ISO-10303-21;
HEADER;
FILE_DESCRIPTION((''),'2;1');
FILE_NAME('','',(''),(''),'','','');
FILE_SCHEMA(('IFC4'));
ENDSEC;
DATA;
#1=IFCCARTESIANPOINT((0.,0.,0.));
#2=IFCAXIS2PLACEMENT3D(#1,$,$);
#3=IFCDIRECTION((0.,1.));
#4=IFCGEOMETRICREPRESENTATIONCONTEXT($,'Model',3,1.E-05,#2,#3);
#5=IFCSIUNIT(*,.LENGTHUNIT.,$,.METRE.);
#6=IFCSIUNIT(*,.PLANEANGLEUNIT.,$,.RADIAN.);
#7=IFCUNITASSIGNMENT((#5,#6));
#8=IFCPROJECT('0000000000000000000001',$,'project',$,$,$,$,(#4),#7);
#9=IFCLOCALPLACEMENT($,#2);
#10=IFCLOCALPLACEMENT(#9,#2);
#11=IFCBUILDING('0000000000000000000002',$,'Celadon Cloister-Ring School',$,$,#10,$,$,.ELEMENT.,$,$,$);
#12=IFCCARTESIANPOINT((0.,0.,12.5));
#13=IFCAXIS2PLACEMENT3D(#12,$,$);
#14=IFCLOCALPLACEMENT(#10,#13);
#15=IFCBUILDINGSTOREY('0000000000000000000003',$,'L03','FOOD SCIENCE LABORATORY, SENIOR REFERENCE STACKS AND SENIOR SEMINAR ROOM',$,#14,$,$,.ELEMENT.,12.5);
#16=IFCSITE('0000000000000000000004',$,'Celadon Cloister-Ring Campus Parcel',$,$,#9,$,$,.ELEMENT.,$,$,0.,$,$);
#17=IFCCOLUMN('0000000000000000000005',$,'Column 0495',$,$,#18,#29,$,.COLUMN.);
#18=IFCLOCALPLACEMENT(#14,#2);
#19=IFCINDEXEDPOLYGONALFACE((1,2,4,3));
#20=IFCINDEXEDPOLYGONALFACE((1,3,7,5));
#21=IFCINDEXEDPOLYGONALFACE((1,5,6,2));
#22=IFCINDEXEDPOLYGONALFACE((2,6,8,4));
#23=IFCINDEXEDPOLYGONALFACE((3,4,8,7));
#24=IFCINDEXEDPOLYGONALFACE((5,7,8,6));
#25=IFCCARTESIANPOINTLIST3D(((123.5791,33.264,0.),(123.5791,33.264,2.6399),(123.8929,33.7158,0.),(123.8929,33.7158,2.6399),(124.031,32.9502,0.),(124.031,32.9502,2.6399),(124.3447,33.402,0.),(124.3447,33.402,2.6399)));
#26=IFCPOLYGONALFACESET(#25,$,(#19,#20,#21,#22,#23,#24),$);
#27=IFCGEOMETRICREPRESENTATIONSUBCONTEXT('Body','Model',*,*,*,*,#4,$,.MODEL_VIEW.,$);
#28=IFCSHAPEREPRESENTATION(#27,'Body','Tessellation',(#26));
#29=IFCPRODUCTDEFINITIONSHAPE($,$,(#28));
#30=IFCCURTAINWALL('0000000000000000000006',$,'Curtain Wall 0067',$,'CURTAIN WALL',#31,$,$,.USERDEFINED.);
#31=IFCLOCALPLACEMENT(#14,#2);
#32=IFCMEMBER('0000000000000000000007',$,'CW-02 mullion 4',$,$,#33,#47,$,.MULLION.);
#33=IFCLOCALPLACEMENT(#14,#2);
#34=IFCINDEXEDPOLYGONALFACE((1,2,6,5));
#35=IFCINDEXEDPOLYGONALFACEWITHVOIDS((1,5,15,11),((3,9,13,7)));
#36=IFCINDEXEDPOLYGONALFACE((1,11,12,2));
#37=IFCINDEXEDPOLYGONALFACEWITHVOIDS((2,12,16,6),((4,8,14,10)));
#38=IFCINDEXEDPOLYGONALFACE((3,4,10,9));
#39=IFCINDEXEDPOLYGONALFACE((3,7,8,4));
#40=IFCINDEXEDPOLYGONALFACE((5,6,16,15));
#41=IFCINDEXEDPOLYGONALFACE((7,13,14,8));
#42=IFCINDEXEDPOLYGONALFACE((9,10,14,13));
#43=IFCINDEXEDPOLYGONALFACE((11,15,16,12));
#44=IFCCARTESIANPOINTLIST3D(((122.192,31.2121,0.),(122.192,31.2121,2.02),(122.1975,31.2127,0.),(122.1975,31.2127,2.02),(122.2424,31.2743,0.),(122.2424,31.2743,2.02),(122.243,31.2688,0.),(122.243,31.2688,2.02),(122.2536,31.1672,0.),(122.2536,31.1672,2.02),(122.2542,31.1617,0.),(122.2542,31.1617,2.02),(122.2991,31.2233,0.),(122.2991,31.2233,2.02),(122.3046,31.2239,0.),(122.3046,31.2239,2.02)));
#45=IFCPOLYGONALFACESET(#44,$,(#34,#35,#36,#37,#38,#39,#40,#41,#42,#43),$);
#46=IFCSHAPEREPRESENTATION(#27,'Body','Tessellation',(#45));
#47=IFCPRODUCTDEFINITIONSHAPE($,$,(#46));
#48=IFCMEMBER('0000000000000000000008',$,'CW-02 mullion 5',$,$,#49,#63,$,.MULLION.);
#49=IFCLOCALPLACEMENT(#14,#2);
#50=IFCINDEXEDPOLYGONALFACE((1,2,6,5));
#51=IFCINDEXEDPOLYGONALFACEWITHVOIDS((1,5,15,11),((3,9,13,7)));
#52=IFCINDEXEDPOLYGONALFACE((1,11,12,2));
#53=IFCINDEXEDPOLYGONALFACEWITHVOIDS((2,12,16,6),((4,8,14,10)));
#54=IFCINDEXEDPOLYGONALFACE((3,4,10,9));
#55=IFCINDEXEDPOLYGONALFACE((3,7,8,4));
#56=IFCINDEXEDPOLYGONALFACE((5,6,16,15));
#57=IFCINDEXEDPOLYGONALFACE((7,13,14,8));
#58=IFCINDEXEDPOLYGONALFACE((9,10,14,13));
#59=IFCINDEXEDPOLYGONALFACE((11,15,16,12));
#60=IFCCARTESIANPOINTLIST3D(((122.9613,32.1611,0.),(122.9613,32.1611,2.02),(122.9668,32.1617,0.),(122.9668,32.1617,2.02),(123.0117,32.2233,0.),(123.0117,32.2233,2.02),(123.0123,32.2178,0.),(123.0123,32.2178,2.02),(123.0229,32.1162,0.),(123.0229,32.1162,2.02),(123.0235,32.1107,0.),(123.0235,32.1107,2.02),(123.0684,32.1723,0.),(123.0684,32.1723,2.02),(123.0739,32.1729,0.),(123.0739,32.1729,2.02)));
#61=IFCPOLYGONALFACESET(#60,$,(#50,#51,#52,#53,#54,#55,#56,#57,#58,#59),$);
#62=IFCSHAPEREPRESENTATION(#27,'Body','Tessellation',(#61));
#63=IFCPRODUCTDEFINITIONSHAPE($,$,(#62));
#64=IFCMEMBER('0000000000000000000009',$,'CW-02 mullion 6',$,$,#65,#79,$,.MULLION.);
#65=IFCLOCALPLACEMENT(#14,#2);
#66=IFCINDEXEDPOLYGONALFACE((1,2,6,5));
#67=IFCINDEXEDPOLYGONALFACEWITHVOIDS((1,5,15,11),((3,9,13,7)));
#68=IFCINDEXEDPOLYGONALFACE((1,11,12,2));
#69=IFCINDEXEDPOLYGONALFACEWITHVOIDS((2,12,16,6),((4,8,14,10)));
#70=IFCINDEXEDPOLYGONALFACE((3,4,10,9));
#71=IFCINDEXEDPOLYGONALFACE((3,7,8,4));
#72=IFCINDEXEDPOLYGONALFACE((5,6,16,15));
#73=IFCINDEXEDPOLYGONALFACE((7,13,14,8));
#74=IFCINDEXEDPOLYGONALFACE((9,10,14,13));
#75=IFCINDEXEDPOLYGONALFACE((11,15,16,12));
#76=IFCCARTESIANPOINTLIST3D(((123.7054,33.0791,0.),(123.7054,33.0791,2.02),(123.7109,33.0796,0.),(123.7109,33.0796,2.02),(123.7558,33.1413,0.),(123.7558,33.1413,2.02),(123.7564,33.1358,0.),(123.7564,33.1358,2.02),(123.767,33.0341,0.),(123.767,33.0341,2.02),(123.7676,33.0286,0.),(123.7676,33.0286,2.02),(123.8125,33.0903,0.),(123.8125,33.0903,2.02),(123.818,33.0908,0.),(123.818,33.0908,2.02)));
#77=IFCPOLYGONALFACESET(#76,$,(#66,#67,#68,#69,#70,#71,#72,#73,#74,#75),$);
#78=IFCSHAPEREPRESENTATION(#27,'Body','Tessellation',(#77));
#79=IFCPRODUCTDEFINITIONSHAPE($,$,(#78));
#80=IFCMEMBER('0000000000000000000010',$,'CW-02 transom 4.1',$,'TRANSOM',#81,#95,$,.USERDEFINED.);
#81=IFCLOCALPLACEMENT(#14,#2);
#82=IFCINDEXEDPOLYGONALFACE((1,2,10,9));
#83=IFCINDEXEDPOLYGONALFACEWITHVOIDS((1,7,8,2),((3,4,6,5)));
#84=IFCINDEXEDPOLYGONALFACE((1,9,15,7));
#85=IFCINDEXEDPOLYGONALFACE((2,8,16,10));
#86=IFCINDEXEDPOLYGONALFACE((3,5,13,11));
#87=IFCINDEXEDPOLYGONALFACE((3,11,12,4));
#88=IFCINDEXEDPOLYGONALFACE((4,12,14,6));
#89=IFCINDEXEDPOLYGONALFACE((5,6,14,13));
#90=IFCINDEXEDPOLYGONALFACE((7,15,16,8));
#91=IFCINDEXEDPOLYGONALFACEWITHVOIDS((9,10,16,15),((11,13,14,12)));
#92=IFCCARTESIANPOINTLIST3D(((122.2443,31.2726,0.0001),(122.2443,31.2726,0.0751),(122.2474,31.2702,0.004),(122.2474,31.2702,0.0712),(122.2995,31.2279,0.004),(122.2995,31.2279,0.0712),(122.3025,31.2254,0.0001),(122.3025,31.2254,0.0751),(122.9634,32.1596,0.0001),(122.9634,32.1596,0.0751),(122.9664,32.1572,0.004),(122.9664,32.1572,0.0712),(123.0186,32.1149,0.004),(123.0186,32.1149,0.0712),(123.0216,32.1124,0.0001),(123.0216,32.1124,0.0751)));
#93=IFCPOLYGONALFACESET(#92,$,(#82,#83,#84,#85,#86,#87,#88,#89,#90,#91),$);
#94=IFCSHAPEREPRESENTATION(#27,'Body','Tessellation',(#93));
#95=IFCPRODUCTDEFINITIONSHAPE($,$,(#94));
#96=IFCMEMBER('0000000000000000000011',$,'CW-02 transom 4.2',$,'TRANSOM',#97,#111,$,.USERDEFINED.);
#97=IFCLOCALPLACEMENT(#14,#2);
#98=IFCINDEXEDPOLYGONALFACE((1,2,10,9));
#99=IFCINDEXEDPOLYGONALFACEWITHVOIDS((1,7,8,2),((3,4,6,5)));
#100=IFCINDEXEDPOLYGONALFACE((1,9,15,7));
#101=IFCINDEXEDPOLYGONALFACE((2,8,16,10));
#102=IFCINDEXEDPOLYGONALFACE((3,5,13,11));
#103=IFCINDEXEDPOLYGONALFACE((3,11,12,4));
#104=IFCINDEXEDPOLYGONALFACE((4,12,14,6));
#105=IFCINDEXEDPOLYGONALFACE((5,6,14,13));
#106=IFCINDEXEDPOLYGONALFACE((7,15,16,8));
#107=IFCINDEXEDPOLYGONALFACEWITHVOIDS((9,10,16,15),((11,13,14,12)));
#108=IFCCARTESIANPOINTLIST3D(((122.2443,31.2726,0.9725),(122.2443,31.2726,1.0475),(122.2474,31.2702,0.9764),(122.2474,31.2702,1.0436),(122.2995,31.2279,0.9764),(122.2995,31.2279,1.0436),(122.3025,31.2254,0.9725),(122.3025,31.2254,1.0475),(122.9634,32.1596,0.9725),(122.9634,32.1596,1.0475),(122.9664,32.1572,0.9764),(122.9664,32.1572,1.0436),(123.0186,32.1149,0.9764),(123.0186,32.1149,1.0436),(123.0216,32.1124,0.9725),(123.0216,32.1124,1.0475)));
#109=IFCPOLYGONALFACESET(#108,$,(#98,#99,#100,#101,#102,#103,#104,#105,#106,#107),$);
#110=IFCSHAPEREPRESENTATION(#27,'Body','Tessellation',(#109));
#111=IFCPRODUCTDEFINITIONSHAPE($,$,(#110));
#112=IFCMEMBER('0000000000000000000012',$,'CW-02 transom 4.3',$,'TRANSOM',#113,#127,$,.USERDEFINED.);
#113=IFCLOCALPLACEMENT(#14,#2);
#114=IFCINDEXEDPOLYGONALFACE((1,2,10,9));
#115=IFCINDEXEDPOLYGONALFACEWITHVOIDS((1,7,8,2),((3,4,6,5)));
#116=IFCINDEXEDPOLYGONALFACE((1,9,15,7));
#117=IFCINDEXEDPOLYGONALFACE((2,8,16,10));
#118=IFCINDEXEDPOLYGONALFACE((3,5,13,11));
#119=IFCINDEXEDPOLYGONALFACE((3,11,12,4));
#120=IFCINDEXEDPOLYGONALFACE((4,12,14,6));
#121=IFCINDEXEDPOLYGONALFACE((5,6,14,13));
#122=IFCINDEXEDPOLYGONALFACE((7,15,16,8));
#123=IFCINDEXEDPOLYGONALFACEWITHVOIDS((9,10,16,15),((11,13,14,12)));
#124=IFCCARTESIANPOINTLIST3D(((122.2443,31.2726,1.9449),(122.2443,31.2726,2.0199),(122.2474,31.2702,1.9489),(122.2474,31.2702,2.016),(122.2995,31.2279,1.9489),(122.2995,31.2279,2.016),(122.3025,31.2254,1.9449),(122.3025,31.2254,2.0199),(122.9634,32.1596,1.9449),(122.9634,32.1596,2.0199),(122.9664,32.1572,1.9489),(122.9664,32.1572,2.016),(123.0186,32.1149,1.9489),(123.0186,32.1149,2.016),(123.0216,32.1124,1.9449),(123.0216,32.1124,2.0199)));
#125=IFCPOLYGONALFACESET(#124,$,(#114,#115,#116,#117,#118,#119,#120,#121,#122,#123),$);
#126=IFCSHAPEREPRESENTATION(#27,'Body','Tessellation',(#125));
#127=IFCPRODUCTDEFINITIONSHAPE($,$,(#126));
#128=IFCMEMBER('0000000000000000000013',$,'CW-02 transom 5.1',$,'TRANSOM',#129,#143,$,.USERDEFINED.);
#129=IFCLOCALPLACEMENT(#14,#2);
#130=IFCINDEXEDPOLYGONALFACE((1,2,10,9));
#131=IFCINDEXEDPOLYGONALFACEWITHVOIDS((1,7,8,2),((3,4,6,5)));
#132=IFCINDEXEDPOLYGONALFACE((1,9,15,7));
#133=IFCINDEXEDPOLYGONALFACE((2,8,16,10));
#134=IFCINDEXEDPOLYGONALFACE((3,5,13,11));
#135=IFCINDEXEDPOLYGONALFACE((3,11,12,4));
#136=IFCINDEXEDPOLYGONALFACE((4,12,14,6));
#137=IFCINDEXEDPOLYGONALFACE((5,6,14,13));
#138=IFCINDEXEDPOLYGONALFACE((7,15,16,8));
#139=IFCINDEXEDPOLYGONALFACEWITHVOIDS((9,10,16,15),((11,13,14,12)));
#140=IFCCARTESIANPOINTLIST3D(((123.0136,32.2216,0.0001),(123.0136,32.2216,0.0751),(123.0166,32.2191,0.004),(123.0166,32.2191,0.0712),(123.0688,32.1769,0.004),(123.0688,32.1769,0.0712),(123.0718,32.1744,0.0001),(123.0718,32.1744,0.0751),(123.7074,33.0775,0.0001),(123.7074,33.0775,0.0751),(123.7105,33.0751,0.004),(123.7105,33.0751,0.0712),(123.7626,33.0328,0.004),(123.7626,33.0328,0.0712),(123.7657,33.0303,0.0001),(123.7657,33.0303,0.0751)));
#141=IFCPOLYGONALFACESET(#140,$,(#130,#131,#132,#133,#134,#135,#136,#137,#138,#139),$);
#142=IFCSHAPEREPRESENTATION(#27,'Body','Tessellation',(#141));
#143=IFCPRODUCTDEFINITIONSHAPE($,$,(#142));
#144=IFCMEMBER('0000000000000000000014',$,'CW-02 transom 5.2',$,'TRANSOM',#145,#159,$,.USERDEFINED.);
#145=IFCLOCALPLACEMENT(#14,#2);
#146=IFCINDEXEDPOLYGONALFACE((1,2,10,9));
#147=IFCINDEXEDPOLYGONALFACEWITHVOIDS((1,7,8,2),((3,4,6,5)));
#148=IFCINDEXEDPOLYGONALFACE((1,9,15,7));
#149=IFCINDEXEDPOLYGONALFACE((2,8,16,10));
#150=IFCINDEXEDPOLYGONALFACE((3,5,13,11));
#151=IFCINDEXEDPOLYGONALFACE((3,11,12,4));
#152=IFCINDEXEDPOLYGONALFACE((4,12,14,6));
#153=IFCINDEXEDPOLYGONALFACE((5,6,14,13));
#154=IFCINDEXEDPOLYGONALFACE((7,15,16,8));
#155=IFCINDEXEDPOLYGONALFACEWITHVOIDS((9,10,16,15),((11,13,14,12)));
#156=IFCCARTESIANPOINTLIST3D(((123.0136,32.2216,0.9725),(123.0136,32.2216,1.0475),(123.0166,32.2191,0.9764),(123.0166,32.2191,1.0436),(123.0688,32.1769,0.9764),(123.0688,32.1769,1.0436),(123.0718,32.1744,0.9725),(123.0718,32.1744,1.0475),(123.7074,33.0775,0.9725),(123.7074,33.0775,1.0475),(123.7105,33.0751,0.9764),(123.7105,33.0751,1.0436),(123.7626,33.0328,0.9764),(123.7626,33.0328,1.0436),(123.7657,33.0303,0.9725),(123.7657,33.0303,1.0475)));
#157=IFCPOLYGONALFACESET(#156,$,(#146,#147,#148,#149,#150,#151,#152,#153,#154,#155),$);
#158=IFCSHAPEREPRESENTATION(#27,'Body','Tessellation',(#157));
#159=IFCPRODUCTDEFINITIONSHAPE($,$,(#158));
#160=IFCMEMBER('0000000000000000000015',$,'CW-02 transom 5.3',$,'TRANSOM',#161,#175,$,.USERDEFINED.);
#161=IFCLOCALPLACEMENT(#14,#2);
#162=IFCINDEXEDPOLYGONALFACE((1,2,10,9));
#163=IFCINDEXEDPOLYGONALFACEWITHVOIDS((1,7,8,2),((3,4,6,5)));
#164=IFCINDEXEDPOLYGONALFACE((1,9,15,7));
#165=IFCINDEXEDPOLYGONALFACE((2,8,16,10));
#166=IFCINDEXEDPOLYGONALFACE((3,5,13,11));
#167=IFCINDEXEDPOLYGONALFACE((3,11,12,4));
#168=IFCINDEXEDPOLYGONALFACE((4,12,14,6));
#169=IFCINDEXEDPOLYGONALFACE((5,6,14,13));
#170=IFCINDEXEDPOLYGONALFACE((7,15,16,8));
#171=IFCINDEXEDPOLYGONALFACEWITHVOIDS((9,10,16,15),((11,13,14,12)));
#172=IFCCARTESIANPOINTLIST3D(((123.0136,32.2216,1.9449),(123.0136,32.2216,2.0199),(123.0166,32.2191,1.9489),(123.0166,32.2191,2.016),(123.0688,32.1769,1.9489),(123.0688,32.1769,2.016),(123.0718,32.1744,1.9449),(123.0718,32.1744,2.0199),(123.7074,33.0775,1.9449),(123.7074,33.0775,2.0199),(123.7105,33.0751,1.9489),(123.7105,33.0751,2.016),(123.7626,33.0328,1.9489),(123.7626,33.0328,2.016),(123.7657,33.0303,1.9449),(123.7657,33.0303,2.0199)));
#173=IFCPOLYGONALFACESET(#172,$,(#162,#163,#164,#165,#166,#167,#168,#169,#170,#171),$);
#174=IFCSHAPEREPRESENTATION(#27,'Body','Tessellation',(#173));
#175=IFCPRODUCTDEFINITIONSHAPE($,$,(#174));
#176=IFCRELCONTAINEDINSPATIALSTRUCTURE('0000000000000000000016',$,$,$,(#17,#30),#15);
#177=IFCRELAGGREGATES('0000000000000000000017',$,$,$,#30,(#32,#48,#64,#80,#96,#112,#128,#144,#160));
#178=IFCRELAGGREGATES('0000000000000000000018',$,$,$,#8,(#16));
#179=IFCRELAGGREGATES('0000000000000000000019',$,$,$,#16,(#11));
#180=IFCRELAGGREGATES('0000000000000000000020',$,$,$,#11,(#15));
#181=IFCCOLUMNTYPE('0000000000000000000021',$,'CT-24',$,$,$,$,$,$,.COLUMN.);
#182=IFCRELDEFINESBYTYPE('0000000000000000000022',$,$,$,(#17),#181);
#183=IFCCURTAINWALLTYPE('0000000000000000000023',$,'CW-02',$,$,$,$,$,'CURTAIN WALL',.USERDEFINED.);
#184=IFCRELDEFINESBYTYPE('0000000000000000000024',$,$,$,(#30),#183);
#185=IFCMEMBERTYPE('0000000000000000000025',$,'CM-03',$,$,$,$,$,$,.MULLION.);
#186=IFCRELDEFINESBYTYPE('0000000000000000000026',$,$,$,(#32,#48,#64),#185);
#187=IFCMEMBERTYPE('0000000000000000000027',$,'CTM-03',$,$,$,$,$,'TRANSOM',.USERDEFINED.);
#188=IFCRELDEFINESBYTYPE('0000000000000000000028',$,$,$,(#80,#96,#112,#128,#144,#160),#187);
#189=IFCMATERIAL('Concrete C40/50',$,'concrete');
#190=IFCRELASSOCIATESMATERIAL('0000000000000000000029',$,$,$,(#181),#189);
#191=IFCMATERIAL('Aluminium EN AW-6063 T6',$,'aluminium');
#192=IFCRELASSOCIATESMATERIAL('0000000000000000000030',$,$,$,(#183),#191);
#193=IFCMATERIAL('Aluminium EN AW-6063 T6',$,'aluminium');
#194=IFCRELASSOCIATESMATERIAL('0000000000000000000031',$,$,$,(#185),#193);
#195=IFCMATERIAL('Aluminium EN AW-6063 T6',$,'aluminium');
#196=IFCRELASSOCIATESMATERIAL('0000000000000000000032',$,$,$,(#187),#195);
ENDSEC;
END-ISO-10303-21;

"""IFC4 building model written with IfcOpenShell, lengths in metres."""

from ifc_helpers import new_model, si_unit, direction, frame, origin, origin_2d, place, context, subcontext, project, spatial, rectangle, hollow_rectangle, extrude, material, material_profile, profile_set, type_object, element, aggregate, save


model = new_model("IFC4")

# Units and contexts
model_context = context("Model", 3, precision=1e-05, world=origin(), true_north=direction((0.0, 1.0)))
body_context = subcontext(model_context, "Body", "Model", "MODEL_VIEW")
ifc_project = project(units=[si_unit("LENGTHUNIT", "METRE"), si_unit("PLANEANGLEUNIT", "RADIAN")], contexts=[model_context])

# Site, building, storey
site_placement = place(None, origin())
site = spatial("IfcSite", under=ifc_project, at=site_placement, Name="Celadon Cloister-Ring Campus Parcel", CompositionType="ELEMENT", RefElevation=0.0)
building_placement = place(site_placement, origin())
building = spatial("IfcBuilding", under=site, at=building_placement, Name="Celadon Cloister-Ring School", CompositionType="ELEMENT")
storey_placement = place(building_placement, frame((0.0, 0.0, 12.5)))
storey = spatial("IfcBuildingStorey", under=building, at=storey_placement, Name="L03", Description="FOOD SCIENCE LABORATORY, SENIOR REFERENCE STACKS AND SENIOR SEMINAR ROOM", CompositionType="ELEMENT", Elevation=12.5)

# Column
ifc_material_1 = material(Name="Concrete C40/50", Category="concrete")
ifc_material_profile_1 = material_profile(ifc_material_1, rectangle(XDim=0.55, YDim=0.55, at=origin_2d()), Name="RC550X550")
ifc_profile_set_1 = profile_set([ifc_material_profile_1], Name="Concrete C40/50")
column_type = type_object("IfcColumnType", Name="CT-24", PredefinedType="COLUMN", material=ifc_profile_set_1)
column_placement = place(storey_placement, frame((123.9619, 33.333, 0.0), z_axis=(0.0, 0.0, 1.0), x_axis=(0.821388, -0.57037, 0.0)))
element("IfcColumn", 1, at=column_placement, inside=storey, type_object=column_type, Name="Column 0495", PredefinedType="COLUMN", context=body_context, shape_type="SweptSolid", body=[
    extrude(rectangle(XDim=0.55, YDim=0.55, at=origin_2d()), origin(), (0.0, 0.0, 1.0), 2.6399),
])

# Curtain wall, members
ifc_material_2 = material(Name="Aluminium EN AW-6063 T6", Category="aluminium")
curtain_wall_type = type_object("IfcCurtainWallType", Name="CW-02", ElementType="CURTAIN WALL", PredefinedType="USERDEFINED", material=ifc_material_2)
curtain_wall_placement = place(storey_placement, origin())
curtain_wall = element("IfcCurtainWall", 2, at=curtain_wall_placement, inside=storey, type_object=curtain_wall_type, Name="Curtain Wall 0067", ObjectType="CURTAIN WALL", PredefinedType="USERDEFINED")
ifc_material_3 = material(Name="Aluminium EN AW-6063 T6", Category="aluminium")
ifc_material_profile_2 = material_profile(ifc_material_3, hollow_rectangle(XDim=0.0801, YDim=0.0801, WallThickness=0.0039, at=origin_2d()), Name="RHS80X80X4")
ifc_profile_set_2 = profile_set([ifc_material_profile_2], Name="Aluminium EN AW-6063 T6")
member_type_1 = type_object("IfcMemberType", Name="CM-03", PredefinedType="MULLION", material=ifc_profile_set_2)
member_1_placement = place(storey_placement, frame((122.2483, 31.218, 0.0), z_axis=(0.0, 0.0, 1.0), x_axis=(-0.77678, 0.629773, 0.0)))
member_1 = element("IfcMember", 3, at=member_1_placement, type_object=member_type_1, Name="CW-02 mullion 4", PredefinedType="MULLION", context=body_context, shape_type="SweptSolid", body=[
    extrude(hollow_rectangle(XDim=0.0801, YDim=0.0801, WallThickness=0.0039, at=origin_2d()), origin(), (0.0, 0.0, 1.0), 2.02),
])
member_2_placement = place(storey_placement, frame((123.0176, 32.167, 0.0), z_axis=(0.0, 0.0, 1.0), x_axis=(-0.77678, 0.629773, 0.0)))
member_2 = element("IfcMember", 4, at=member_2_placement, type_object=member_type_1, Name="CW-02 mullion 5", PredefinedType="MULLION", context=body_context, shape_type="SweptSolid", body=[
    extrude(hollow_rectangle(XDim=0.0801, YDim=0.0801, WallThickness=0.0039, at=origin_2d()), origin(), (0.0, 0.0, 1.0), 2.02),
])
member_3_placement = place(storey_placement, frame((123.7617, 33.085, 0.0), z_axis=(0.0, 0.0, 1.0), x_axis=(-0.77678, 0.629773, 0.0)))
member_3 = element("IfcMember", 5, at=member_3_placement, type_object=member_type_1, Name="CW-02 mullion 6", PredefinedType="MULLION", context=body_context, shape_type="SweptSolid", body=[
    extrude(hollow_rectangle(XDim=0.0801, YDim=0.0801, WallThickness=0.0039, at=origin_2d()), origin(), (0.0, 0.0, 1.0), 2.02),
])
ifc_material_4 = material(Name="Aluminium EN AW-6063 T6", Category="aluminium")
ifc_material_profile_3 = material_profile(ifc_material_4, hollow_rectangle(XDim=0.075, YDim=0.075, WallThickness=0.0039, at=origin_2d()), Name="RHS75X75X4")
ifc_profile_set_3 = profile_set([ifc_material_profile_3], Name="Aluminium EN AW-6063 T6")
member_type_2 = type_object("IfcMemberType", Name="CTM-03", ElementType="TRANSOM", PredefinedType="USERDEFINED", material=ifc_profile_set_3)
member_4_placement = place(storey_placement, frame((122.2734, 31.249, 0.0376), z_axis=(0.629715, 0.776826, 0.0), x_axis=(-0.776826, 0.629715, 0.0)))
member_4 = element("IfcMember", 6, at=member_4_placement, type_object=member_type_2, Name="CW-02 transom 4.1", ObjectType="TRANSOM", PredefinedType="USERDEFINED", context=body_context, shape_type="SweptSolid", body=[
    extrude(hollow_rectangle(XDim=0.075, YDim=0.075, WallThickness=0.0039, at=origin_2d()), origin(), (0.0, 0.0, 1.0), 1.1418),
])
member_5_placement = place(storey_placement, frame((122.2734, 31.249, 1.01), z_axis=(0.629715, 0.776826, 0.0), x_axis=(-0.776826, 0.629715, 0.0)))
member_5 = element("IfcMember", 7, at=member_5_placement, type_object=member_type_2, Name="CW-02 transom 4.2", ObjectType="TRANSOM", PredefinedType="USERDEFINED", context=body_context, shape_type="SweptSolid", body=[
    extrude(hollow_rectangle(XDim=0.075, YDim=0.075, WallThickness=0.0039, at=origin_2d()), origin(), (0.0, 0.0, 1.0), 1.1418),
])
member_6_placement = place(storey_placement, frame((122.2734, 31.249, 1.9824), z_axis=(0.629715, 0.776826, 0.0), x_axis=(-0.776826, 0.629715, 0.0)))
member_6 = element("IfcMember", 8, at=member_6_placement, type_object=member_type_2, Name="CW-02 transom 4.3", ObjectType="TRANSOM", PredefinedType="USERDEFINED", context=body_context, shape_type="SweptSolid", body=[
    extrude(hollow_rectangle(XDim=0.075, YDim=0.075, WallThickness=0.0039, at=origin_2d()), origin(), (0.0, 0.0, 1.0), 1.1418),
])
member_7_placement = place(storey_placement, frame((123.0427, 32.198, 0.0376), z_axis=(0.629708, 0.776832, 0.0), x_axis=(-0.776832, 0.629708, 0.0)))
member_7 = element("IfcMember", 9, at=member_7_placement, type_object=member_type_2, Name="CW-02 transom 5.1", ObjectType="TRANSOM", PredefinedType="USERDEFINED", context=body_context, shape_type="SweptSolid", body=[
    extrude(hollow_rectangle(XDim=0.075, YDim=0.075, WallThickness=0.0039, at=origin_2d()), origin(), (0.0, 0.0, 1.0), 1.1018),
])
member_8_placement = place(storey_placement, frame((123.0427, 32.198, 1.01), z_axis=(0.629708, 0.776832, 0.0), x_axis=(-0.776832, 0.629708, 0.0)))
member_8 = element("IfcMember", 10, at=member_8_placement, type_object=member_type_2, Name="CW-02 transom 5.2", ObjectType="TRANSOM", PredefinedType="USERDEFINED", context=body_context, shape_type="SweptSolid", body=[
    extrude(hollow_rectangle(XDim=0.075, YDim=0.075, WallThickness=0.0039, at=origin_2d()), origin(), (0.0, 0.0, 1.0), 1.1018),
])
member_9_placement = place(storey_placement, frame((123.0427, 32.198, 1.9824), z_axis=(0.629708, 0.776832, 0.0), x_axis=(-0.776832, 0.629708, 0.0)))
member_9 = element("IfcMember", 11, at=member_9_placement, type_object=member_type_2, Name="CW-02 transom 5.3", ObjectType="TRANSOM", PredefinedType="USERDEFINED", context=body_context, shape_type="SweptSolid", body=[
    extrude(hollow_rectangle(XDim=0.075, YDim=0.075, WallThickness=0.0039, at=origin_2d()), origin(), (0.0, 0.0, 1.0), 1.1018),
])

aggregate(curtain_wall, [member_1, member_2, member_3, member_4, member_5, member_6, member_7, member_8, member_9])

save(model, "model.ifc")
